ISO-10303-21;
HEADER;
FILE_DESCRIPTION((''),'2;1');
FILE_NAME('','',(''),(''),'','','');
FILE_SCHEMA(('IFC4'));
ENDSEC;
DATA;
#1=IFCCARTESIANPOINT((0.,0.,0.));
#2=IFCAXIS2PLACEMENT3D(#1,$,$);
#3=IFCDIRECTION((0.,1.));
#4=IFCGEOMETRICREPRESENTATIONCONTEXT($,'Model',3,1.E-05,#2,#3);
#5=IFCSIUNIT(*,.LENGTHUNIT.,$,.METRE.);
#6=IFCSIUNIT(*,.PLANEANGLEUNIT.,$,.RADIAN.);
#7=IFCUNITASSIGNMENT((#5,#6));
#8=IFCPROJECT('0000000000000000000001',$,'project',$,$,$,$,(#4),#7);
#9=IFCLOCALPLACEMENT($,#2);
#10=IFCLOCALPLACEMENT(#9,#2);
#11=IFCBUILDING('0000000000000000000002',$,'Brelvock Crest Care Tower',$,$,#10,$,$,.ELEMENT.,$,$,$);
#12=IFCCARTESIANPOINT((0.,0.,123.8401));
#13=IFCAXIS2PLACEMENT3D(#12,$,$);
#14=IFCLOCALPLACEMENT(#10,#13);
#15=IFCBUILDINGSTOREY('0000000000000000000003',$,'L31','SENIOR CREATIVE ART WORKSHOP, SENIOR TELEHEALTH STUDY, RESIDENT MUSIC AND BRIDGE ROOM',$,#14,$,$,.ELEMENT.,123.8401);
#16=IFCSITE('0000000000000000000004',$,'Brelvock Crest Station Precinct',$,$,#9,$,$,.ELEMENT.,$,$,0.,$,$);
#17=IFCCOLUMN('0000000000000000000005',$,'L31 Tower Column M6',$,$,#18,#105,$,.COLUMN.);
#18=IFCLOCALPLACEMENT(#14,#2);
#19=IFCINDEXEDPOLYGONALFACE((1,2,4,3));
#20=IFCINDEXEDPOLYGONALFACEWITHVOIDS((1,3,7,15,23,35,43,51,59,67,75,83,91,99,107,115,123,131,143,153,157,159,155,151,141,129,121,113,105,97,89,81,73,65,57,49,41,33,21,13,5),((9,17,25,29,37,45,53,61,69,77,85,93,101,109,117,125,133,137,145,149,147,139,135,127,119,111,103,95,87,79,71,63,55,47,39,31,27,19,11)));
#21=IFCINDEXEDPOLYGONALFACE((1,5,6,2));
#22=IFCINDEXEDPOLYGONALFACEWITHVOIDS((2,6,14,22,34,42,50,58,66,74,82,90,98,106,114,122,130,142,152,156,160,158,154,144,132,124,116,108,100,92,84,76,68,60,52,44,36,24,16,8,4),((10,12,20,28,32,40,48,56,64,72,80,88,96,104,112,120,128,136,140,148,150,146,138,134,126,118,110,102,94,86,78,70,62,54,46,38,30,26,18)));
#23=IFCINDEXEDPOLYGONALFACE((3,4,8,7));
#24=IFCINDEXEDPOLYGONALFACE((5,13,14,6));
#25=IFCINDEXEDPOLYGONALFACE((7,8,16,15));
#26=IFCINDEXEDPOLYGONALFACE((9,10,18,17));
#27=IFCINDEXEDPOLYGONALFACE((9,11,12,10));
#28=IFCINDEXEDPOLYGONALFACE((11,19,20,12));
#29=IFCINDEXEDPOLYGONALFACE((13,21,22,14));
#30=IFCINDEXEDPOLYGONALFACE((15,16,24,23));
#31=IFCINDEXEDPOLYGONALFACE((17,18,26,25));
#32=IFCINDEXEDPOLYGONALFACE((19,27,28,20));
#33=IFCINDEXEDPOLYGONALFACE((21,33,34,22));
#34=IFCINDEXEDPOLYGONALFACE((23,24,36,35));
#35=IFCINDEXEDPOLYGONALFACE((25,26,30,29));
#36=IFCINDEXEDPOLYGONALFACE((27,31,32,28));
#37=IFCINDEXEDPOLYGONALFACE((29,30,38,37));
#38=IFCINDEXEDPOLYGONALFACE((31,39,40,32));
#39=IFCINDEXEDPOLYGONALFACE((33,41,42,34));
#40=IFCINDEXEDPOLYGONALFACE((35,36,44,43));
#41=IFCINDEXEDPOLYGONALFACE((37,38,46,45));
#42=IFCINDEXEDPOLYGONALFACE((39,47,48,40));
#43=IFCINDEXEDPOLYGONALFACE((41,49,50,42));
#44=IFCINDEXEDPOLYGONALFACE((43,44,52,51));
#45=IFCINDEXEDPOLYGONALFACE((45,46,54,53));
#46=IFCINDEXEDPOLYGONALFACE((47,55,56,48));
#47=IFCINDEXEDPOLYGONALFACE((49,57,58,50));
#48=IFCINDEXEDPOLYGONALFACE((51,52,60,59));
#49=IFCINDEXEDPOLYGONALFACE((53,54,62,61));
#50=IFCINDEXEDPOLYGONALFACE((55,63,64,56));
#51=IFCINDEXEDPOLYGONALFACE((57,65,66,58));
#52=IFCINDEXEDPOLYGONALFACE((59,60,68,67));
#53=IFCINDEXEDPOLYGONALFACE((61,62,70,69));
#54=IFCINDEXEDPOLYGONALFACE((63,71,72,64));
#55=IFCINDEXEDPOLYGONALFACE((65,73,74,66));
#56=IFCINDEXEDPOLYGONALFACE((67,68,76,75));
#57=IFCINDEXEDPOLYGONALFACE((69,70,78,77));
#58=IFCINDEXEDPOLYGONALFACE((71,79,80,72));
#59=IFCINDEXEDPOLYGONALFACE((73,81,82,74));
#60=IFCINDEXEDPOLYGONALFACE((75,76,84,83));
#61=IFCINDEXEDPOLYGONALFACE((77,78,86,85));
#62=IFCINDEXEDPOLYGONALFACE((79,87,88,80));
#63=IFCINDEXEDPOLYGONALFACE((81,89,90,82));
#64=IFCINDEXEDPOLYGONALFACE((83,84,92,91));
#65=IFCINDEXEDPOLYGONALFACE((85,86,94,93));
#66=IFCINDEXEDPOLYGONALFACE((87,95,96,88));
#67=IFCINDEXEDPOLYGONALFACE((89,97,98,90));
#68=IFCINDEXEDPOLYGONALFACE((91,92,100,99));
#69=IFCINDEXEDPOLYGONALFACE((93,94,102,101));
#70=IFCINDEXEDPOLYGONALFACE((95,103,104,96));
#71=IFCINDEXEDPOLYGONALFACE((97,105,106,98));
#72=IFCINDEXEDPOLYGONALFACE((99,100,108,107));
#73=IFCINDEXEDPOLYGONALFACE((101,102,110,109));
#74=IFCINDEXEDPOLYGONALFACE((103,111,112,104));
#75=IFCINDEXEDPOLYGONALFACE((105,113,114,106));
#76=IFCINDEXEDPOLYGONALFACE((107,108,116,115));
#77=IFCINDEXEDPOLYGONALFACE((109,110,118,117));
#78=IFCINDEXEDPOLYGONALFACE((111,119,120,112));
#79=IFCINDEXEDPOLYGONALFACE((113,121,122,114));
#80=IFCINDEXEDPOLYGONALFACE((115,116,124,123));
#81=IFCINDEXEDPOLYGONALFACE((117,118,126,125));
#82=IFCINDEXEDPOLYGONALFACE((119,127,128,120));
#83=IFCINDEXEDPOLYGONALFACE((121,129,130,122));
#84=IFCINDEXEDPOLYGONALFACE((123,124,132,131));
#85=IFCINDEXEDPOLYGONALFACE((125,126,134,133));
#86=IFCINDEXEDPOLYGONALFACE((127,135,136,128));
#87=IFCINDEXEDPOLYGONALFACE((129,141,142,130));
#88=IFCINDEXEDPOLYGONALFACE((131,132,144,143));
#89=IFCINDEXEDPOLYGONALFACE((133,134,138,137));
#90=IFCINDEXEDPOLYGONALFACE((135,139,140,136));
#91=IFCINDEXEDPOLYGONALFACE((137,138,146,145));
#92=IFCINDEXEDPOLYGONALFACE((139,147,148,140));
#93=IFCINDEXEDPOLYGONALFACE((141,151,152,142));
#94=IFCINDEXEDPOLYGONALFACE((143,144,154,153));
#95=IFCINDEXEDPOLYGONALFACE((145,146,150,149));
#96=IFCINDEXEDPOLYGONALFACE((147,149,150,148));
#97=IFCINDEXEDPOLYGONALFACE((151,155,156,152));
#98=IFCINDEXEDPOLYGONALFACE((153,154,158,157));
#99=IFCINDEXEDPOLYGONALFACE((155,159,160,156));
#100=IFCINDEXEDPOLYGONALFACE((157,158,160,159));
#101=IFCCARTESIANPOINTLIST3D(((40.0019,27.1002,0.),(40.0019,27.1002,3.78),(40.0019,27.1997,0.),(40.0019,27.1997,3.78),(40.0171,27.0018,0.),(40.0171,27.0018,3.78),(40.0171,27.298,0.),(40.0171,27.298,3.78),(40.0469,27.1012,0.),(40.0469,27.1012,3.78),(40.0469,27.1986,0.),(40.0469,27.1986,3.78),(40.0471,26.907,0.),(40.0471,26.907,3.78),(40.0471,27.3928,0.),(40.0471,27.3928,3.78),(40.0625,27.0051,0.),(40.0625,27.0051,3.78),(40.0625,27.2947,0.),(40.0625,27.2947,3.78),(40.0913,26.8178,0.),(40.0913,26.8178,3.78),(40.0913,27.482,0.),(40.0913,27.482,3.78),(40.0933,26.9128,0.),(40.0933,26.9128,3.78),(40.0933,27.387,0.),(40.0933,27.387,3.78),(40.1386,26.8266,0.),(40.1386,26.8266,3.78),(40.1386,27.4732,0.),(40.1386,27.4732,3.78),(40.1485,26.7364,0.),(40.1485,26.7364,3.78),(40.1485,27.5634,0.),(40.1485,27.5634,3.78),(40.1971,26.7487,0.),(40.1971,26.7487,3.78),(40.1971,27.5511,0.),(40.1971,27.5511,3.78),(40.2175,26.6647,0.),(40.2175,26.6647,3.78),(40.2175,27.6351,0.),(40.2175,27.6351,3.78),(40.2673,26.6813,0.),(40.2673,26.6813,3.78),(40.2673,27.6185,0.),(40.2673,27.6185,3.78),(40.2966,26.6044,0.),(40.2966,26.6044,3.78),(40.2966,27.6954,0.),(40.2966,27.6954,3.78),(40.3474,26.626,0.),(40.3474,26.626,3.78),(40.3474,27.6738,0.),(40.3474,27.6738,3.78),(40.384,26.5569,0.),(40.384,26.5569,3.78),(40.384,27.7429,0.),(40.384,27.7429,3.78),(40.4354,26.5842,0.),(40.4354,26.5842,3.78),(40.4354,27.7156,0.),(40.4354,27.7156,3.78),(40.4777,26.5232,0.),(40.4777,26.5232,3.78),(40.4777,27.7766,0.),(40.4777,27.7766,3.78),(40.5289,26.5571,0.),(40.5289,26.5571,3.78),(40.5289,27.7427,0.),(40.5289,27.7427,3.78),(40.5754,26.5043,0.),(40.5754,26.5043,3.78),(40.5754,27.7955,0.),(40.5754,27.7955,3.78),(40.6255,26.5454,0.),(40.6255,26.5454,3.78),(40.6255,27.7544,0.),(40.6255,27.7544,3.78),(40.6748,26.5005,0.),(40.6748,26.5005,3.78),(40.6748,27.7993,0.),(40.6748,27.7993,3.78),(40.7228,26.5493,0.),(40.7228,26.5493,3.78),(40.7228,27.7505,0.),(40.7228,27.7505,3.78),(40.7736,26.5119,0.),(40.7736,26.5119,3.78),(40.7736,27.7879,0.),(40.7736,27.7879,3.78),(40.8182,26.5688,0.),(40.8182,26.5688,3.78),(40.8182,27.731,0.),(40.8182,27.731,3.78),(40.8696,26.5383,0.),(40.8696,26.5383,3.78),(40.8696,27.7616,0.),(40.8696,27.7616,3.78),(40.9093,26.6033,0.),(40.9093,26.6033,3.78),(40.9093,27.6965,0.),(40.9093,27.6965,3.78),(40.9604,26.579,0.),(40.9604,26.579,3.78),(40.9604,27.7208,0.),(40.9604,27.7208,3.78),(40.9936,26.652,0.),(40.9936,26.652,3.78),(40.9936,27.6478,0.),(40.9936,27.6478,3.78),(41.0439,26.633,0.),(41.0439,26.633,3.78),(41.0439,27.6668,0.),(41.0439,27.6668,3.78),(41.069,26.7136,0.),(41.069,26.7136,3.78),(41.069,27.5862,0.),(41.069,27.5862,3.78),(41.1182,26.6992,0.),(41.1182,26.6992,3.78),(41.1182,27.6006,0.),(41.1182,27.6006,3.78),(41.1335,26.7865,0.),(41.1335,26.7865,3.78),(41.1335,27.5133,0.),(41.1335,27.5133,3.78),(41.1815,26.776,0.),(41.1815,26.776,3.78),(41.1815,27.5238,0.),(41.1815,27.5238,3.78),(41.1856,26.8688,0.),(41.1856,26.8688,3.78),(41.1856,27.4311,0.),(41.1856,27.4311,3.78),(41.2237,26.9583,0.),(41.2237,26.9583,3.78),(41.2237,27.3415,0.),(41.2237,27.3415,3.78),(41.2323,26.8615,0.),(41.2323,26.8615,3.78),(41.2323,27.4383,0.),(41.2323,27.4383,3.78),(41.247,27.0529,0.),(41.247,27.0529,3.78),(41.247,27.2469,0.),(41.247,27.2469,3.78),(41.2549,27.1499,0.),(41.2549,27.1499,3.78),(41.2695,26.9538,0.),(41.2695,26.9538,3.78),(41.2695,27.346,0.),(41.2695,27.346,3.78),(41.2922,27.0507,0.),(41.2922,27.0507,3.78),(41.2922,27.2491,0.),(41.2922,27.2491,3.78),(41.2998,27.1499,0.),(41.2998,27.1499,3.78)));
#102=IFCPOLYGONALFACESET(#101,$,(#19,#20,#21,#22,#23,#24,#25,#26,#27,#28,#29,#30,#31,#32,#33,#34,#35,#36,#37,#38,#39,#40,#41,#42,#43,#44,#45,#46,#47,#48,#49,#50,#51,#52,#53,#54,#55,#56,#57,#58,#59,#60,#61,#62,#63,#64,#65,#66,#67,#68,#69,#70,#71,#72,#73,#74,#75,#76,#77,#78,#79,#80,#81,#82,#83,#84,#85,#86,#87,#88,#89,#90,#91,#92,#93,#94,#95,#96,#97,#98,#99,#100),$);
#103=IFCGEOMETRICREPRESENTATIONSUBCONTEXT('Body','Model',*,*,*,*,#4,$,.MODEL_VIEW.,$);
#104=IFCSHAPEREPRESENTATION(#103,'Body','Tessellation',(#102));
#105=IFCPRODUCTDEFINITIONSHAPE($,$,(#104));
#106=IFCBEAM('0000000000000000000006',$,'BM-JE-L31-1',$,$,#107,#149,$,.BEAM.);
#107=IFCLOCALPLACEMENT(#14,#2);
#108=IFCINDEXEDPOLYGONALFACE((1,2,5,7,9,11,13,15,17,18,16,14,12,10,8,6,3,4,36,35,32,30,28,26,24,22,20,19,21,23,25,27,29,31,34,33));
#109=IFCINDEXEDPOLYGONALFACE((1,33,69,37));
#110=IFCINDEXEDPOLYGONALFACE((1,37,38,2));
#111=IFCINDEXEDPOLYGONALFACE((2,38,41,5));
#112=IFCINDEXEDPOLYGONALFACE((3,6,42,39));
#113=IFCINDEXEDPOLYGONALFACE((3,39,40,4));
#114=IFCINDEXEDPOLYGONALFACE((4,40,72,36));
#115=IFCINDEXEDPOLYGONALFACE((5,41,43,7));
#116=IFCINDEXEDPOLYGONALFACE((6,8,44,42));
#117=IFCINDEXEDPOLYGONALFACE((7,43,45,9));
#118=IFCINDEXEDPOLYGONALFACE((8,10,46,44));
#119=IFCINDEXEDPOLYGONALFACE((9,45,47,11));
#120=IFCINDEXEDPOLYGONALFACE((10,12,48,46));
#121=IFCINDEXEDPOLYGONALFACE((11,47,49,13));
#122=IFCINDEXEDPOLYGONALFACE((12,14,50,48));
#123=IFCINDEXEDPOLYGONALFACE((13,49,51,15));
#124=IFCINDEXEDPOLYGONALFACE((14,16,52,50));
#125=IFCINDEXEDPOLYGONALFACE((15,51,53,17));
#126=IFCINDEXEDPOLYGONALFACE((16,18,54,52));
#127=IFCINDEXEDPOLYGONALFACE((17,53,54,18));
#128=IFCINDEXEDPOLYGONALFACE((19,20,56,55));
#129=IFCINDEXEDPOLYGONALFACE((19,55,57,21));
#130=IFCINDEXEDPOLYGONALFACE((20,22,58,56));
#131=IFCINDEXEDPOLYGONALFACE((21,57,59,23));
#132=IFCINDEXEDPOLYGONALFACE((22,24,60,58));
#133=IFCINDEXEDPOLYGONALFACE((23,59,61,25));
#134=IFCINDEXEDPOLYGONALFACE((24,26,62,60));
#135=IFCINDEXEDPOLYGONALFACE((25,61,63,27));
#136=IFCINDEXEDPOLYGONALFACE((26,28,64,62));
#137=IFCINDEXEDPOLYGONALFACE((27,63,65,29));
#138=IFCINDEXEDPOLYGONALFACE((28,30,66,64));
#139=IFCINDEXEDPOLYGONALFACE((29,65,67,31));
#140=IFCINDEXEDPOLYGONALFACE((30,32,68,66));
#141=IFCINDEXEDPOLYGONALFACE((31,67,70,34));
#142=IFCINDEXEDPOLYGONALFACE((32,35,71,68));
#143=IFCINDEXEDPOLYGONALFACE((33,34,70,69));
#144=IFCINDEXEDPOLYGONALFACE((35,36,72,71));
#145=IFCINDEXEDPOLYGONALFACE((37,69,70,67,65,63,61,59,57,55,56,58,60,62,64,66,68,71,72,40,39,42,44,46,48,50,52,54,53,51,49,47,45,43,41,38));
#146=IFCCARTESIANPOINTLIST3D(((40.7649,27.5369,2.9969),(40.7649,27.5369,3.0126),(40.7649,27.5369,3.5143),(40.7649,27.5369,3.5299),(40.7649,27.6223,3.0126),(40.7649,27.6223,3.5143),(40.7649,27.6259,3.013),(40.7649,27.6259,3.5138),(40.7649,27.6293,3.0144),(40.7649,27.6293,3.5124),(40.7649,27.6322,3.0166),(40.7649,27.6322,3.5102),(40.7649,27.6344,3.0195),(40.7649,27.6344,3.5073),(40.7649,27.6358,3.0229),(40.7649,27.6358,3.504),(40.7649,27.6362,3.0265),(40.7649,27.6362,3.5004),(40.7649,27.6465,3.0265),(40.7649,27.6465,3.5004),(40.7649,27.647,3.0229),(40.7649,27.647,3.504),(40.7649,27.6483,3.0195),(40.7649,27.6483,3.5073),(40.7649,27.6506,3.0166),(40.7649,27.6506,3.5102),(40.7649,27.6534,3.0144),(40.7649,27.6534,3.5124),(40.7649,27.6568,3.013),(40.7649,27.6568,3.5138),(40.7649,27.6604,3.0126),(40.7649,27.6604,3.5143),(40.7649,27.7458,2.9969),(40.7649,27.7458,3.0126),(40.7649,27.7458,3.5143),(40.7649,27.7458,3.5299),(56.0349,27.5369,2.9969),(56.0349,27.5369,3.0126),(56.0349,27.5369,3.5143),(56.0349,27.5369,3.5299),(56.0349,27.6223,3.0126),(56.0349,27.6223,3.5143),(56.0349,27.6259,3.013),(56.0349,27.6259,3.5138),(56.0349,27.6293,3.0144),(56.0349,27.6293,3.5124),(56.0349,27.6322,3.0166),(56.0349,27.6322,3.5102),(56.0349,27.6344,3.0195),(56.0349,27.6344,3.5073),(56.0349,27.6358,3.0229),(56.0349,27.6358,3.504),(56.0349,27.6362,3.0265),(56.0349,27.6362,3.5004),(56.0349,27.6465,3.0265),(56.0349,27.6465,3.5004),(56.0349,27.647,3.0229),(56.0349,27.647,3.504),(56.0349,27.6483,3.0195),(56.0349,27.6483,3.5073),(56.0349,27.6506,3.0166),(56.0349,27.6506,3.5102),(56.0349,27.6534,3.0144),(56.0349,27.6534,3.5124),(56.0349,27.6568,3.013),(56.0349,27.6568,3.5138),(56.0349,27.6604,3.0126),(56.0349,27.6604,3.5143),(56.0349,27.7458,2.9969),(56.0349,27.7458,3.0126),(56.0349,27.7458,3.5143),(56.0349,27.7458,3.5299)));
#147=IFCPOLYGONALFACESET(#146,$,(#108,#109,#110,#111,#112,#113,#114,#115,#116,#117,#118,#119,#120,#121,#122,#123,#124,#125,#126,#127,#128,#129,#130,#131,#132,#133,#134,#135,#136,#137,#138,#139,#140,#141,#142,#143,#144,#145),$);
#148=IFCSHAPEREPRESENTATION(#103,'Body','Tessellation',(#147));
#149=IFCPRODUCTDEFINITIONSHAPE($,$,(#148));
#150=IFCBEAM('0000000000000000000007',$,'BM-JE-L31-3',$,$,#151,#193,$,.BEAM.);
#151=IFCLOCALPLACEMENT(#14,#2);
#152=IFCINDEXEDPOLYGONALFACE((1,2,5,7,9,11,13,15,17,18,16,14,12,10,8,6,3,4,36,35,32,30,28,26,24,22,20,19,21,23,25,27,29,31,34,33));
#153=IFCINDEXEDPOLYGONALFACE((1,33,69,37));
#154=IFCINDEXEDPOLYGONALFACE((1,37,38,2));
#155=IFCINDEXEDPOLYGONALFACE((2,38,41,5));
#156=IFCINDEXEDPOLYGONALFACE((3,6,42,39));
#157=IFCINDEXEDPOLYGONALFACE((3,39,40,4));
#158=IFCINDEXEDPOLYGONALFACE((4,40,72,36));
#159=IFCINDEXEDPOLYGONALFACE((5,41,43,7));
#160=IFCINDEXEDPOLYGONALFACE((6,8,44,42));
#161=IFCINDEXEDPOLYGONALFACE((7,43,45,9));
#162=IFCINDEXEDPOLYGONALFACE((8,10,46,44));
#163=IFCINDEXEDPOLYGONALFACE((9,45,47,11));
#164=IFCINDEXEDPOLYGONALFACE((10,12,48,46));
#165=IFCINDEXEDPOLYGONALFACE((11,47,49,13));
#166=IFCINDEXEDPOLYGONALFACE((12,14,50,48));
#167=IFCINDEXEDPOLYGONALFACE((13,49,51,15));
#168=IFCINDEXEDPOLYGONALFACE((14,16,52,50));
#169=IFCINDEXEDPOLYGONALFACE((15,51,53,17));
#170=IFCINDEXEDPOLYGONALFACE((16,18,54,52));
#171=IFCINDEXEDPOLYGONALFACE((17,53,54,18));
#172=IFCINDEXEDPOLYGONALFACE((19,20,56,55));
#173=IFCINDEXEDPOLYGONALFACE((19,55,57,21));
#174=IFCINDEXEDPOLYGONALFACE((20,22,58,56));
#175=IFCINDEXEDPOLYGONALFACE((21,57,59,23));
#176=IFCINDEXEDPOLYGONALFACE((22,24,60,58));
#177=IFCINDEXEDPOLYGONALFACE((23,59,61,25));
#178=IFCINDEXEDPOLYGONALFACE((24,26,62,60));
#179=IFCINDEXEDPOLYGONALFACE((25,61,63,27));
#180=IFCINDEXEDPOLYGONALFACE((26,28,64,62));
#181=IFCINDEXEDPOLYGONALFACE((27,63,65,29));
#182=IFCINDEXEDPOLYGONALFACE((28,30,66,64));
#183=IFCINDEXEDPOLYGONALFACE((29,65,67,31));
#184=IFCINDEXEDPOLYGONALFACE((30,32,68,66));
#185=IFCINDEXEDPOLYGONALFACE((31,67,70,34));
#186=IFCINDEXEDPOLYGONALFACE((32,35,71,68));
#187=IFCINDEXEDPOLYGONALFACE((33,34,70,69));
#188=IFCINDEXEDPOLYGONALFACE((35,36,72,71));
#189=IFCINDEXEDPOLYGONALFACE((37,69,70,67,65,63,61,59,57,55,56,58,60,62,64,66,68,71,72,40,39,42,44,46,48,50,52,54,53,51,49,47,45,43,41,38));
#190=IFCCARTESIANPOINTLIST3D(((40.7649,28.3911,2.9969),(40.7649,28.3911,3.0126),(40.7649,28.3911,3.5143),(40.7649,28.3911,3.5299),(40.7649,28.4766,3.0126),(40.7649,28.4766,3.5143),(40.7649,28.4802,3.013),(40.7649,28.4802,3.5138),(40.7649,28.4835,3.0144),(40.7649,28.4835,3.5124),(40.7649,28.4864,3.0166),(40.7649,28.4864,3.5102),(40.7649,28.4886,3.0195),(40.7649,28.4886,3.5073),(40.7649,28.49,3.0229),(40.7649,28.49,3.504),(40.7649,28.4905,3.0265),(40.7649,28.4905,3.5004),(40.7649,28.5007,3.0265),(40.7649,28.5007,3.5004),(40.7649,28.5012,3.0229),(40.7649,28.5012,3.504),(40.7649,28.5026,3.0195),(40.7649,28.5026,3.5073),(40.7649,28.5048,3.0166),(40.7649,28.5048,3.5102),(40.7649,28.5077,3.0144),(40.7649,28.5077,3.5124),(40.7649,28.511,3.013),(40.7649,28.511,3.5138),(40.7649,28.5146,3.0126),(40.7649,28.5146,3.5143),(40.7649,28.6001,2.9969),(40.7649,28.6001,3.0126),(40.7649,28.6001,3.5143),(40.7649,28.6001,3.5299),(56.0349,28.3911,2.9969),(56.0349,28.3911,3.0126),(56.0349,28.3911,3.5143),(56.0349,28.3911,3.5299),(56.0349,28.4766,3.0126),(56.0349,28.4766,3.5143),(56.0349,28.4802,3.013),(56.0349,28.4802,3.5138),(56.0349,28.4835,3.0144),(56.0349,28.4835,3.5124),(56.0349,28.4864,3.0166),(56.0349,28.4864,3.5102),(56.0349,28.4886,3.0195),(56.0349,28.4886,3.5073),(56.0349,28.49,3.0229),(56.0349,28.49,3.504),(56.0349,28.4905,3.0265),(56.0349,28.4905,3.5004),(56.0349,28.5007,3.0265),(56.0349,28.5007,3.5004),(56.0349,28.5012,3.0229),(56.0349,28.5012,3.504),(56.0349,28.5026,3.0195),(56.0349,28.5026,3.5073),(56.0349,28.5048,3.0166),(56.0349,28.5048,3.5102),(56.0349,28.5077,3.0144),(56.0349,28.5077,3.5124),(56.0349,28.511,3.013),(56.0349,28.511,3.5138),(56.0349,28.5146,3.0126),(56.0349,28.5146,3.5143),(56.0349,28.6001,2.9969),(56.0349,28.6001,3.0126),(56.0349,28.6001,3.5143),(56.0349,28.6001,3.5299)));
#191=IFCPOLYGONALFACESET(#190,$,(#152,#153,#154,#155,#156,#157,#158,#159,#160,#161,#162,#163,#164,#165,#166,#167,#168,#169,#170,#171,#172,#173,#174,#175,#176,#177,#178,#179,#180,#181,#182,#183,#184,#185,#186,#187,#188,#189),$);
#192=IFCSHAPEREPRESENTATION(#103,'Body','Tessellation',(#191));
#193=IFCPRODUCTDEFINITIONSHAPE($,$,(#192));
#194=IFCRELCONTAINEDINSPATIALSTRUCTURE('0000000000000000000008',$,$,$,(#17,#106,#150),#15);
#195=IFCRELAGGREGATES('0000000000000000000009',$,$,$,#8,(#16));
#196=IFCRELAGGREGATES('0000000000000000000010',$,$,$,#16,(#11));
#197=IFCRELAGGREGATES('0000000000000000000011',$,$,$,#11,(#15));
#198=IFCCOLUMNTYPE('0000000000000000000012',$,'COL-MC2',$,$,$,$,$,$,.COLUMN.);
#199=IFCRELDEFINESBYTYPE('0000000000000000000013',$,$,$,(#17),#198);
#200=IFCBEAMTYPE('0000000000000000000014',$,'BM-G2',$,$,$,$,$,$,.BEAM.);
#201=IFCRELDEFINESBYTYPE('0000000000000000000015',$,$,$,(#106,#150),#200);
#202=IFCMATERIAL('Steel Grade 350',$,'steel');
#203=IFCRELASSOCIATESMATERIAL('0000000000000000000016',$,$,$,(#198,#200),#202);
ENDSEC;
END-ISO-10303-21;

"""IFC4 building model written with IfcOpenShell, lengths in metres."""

from ifc_helpers import new_model, si_unit, direction, frame, origin, origin_2d, place, context, subcontext, project, spatial, hollow_circle, i_section, extrude, source, transform, mapped, material, material_profile, profile_set, type_object, element, save


model = new_model("IFC4")

# Units and contexts
model_context = context("Model", 3, precision=1e-05, world=origin(), true_north=direction((0.0, 1.0)))
body_context = subcontext(model_context, "Body", "Model", "MODEL_VIEW")
ifc_project = project(units=[si_unit("LENGTHUNIT", "METRE"), si_unit("PLANEANGLEUNIT", "RADIAN")], contexts=[model_context])

# Site, building, storey
site_placement = place(None, origin())
site = spatial("IfcSite", under=ifc_project, at=site_placement, Name="Brelvock Crest Station Precinct", CompositionType="ELEMENT", RefElevation=0.0)
building_placement = place(site_placement, origin())
building = spatial("IfcBuilding", under=site, at=building_placement, Name="Brelvock Crest Care Tower", CompositionType="ELEMENT")
storey_placement = place(building_placement, frame((0.0, 0.0, 123.8401)))
storey = spatial("IfcBuildingStorey", under=building, at=storey_placement, Name="L31", Description="SENIOR CREATIVE ART WORKSHOP, SENIOR TELEHEALTH STUDY, RESIDENT MUSIC AND BRIDGE ROOM", CompositionType="ELEMENT", Elevation=123.8401)

# Column
ifc_material_1 = material(Name="Steel Grade 350", Category="steel")
ifc_material_profile_1 = material_profile(ifc_material_1, hollow_circle(Radius=0.6499, WallThickness=0.0449, at=origin_2d()), Name="CFT1300x45")
ifc_profile_set_1 = profile_set([ifc_material_profile_1], Name="Steel Grade 350")
column_type = type_object("IfcColumnType", Name="COL-MC2", PredefinedType="COLUMN", material=ifc_profile_set_1)
shared_shape_1 = source(origin(), body_context, "Body", "SweptSolid", [
    extrude(hollow_circle(Radius=0.6499, WallThickness=0.0449, at=origin_2d()), origin(), (0.0, 0.0, 1.0), 3.78),
])
column_placement = place(storey_placement, frame((40.6499, 27.1499, 0.0), z_axis=(0.0, 0.0, 1.0), x_axis=(1.0, 0.0, 0.0)))
element("IfcColumn", 1, at=column_placement, inside=storey, type_object=column_type, Name="L31 Tower Column M6", PredefinedType="COLUMN", context=body_context, shape_type="MappedRepresentation", body=[
    mapped(shared_shape_1, transform((0.0, 0.0, 0.0), x_axis=(1.0, 0.0, 0.0), y_axis=(0.0, 1.0, 0.0), z_axis=(0.0, 0.0, 1.0), scale=1.0)),
])

# Beams
ifc_material_profile_2 = material_profile(ifc_material_1, i_section(OverallWidth=0.209, OverallDepth=0.533, WebThickness=0.0103, FlangeThickness=0.0156, FilletRadius=0.0139, at=origin_2d()), Name="530UB92.4")
ifc_profile_set_2 = profile_set([ifc_material_profile_2], Name="Steel Grade 350")
beam_type_1 = type_object("IfcBeamType", Name="BM-G2", PredefinedType="BEAM", material=ifc_profile_set_2)
shared_shape_2 = source(origin(), body_context, "Body", "SweptSolid", [
    extrude(i_section(OverallWidth=0.209, OverallDepth=0.533, WebThickness=0.0103, FlangeThickness=0.0156, FilletRadius=0.0139, at=origin_2d()), origin(), (0.0, 0.0, 1.0), 15.27),
])
for number, where, z_axis, x_axis, name in (
    (2, (40.7649, 27.6414, 3.2634), (1.0, 0.0, 0.0), (0.0, 1.0, 0.0), "BM-JE-L31-1"),
    (3, (40.7649, 28.4956, 3.2634), (1.0, 0.0, 0.0), (0.0, 1.0, 0.0), "BM-JE-L31-3"),
):
    element("IfcBeam", number, at=place(storey_placement, frame(where, z_axis=z_axis, x_axis=x_axis)), inside=storey, type_object=beam_type_1, Name=name, PredefinedType="BEAM", context=body_context, shape_type="MappedRepresentation", body=[
        mapped(shared_shape_2, transform((0.0, 0.0, 0.0), x_axis=(1.0, 0.0, 0.0), y_axis=(0.0, 1.0, 0.0), z_axis=(0.0, 0.0, 1.0), scale=1.0)),
    ])

save(model, "model.ifc")
